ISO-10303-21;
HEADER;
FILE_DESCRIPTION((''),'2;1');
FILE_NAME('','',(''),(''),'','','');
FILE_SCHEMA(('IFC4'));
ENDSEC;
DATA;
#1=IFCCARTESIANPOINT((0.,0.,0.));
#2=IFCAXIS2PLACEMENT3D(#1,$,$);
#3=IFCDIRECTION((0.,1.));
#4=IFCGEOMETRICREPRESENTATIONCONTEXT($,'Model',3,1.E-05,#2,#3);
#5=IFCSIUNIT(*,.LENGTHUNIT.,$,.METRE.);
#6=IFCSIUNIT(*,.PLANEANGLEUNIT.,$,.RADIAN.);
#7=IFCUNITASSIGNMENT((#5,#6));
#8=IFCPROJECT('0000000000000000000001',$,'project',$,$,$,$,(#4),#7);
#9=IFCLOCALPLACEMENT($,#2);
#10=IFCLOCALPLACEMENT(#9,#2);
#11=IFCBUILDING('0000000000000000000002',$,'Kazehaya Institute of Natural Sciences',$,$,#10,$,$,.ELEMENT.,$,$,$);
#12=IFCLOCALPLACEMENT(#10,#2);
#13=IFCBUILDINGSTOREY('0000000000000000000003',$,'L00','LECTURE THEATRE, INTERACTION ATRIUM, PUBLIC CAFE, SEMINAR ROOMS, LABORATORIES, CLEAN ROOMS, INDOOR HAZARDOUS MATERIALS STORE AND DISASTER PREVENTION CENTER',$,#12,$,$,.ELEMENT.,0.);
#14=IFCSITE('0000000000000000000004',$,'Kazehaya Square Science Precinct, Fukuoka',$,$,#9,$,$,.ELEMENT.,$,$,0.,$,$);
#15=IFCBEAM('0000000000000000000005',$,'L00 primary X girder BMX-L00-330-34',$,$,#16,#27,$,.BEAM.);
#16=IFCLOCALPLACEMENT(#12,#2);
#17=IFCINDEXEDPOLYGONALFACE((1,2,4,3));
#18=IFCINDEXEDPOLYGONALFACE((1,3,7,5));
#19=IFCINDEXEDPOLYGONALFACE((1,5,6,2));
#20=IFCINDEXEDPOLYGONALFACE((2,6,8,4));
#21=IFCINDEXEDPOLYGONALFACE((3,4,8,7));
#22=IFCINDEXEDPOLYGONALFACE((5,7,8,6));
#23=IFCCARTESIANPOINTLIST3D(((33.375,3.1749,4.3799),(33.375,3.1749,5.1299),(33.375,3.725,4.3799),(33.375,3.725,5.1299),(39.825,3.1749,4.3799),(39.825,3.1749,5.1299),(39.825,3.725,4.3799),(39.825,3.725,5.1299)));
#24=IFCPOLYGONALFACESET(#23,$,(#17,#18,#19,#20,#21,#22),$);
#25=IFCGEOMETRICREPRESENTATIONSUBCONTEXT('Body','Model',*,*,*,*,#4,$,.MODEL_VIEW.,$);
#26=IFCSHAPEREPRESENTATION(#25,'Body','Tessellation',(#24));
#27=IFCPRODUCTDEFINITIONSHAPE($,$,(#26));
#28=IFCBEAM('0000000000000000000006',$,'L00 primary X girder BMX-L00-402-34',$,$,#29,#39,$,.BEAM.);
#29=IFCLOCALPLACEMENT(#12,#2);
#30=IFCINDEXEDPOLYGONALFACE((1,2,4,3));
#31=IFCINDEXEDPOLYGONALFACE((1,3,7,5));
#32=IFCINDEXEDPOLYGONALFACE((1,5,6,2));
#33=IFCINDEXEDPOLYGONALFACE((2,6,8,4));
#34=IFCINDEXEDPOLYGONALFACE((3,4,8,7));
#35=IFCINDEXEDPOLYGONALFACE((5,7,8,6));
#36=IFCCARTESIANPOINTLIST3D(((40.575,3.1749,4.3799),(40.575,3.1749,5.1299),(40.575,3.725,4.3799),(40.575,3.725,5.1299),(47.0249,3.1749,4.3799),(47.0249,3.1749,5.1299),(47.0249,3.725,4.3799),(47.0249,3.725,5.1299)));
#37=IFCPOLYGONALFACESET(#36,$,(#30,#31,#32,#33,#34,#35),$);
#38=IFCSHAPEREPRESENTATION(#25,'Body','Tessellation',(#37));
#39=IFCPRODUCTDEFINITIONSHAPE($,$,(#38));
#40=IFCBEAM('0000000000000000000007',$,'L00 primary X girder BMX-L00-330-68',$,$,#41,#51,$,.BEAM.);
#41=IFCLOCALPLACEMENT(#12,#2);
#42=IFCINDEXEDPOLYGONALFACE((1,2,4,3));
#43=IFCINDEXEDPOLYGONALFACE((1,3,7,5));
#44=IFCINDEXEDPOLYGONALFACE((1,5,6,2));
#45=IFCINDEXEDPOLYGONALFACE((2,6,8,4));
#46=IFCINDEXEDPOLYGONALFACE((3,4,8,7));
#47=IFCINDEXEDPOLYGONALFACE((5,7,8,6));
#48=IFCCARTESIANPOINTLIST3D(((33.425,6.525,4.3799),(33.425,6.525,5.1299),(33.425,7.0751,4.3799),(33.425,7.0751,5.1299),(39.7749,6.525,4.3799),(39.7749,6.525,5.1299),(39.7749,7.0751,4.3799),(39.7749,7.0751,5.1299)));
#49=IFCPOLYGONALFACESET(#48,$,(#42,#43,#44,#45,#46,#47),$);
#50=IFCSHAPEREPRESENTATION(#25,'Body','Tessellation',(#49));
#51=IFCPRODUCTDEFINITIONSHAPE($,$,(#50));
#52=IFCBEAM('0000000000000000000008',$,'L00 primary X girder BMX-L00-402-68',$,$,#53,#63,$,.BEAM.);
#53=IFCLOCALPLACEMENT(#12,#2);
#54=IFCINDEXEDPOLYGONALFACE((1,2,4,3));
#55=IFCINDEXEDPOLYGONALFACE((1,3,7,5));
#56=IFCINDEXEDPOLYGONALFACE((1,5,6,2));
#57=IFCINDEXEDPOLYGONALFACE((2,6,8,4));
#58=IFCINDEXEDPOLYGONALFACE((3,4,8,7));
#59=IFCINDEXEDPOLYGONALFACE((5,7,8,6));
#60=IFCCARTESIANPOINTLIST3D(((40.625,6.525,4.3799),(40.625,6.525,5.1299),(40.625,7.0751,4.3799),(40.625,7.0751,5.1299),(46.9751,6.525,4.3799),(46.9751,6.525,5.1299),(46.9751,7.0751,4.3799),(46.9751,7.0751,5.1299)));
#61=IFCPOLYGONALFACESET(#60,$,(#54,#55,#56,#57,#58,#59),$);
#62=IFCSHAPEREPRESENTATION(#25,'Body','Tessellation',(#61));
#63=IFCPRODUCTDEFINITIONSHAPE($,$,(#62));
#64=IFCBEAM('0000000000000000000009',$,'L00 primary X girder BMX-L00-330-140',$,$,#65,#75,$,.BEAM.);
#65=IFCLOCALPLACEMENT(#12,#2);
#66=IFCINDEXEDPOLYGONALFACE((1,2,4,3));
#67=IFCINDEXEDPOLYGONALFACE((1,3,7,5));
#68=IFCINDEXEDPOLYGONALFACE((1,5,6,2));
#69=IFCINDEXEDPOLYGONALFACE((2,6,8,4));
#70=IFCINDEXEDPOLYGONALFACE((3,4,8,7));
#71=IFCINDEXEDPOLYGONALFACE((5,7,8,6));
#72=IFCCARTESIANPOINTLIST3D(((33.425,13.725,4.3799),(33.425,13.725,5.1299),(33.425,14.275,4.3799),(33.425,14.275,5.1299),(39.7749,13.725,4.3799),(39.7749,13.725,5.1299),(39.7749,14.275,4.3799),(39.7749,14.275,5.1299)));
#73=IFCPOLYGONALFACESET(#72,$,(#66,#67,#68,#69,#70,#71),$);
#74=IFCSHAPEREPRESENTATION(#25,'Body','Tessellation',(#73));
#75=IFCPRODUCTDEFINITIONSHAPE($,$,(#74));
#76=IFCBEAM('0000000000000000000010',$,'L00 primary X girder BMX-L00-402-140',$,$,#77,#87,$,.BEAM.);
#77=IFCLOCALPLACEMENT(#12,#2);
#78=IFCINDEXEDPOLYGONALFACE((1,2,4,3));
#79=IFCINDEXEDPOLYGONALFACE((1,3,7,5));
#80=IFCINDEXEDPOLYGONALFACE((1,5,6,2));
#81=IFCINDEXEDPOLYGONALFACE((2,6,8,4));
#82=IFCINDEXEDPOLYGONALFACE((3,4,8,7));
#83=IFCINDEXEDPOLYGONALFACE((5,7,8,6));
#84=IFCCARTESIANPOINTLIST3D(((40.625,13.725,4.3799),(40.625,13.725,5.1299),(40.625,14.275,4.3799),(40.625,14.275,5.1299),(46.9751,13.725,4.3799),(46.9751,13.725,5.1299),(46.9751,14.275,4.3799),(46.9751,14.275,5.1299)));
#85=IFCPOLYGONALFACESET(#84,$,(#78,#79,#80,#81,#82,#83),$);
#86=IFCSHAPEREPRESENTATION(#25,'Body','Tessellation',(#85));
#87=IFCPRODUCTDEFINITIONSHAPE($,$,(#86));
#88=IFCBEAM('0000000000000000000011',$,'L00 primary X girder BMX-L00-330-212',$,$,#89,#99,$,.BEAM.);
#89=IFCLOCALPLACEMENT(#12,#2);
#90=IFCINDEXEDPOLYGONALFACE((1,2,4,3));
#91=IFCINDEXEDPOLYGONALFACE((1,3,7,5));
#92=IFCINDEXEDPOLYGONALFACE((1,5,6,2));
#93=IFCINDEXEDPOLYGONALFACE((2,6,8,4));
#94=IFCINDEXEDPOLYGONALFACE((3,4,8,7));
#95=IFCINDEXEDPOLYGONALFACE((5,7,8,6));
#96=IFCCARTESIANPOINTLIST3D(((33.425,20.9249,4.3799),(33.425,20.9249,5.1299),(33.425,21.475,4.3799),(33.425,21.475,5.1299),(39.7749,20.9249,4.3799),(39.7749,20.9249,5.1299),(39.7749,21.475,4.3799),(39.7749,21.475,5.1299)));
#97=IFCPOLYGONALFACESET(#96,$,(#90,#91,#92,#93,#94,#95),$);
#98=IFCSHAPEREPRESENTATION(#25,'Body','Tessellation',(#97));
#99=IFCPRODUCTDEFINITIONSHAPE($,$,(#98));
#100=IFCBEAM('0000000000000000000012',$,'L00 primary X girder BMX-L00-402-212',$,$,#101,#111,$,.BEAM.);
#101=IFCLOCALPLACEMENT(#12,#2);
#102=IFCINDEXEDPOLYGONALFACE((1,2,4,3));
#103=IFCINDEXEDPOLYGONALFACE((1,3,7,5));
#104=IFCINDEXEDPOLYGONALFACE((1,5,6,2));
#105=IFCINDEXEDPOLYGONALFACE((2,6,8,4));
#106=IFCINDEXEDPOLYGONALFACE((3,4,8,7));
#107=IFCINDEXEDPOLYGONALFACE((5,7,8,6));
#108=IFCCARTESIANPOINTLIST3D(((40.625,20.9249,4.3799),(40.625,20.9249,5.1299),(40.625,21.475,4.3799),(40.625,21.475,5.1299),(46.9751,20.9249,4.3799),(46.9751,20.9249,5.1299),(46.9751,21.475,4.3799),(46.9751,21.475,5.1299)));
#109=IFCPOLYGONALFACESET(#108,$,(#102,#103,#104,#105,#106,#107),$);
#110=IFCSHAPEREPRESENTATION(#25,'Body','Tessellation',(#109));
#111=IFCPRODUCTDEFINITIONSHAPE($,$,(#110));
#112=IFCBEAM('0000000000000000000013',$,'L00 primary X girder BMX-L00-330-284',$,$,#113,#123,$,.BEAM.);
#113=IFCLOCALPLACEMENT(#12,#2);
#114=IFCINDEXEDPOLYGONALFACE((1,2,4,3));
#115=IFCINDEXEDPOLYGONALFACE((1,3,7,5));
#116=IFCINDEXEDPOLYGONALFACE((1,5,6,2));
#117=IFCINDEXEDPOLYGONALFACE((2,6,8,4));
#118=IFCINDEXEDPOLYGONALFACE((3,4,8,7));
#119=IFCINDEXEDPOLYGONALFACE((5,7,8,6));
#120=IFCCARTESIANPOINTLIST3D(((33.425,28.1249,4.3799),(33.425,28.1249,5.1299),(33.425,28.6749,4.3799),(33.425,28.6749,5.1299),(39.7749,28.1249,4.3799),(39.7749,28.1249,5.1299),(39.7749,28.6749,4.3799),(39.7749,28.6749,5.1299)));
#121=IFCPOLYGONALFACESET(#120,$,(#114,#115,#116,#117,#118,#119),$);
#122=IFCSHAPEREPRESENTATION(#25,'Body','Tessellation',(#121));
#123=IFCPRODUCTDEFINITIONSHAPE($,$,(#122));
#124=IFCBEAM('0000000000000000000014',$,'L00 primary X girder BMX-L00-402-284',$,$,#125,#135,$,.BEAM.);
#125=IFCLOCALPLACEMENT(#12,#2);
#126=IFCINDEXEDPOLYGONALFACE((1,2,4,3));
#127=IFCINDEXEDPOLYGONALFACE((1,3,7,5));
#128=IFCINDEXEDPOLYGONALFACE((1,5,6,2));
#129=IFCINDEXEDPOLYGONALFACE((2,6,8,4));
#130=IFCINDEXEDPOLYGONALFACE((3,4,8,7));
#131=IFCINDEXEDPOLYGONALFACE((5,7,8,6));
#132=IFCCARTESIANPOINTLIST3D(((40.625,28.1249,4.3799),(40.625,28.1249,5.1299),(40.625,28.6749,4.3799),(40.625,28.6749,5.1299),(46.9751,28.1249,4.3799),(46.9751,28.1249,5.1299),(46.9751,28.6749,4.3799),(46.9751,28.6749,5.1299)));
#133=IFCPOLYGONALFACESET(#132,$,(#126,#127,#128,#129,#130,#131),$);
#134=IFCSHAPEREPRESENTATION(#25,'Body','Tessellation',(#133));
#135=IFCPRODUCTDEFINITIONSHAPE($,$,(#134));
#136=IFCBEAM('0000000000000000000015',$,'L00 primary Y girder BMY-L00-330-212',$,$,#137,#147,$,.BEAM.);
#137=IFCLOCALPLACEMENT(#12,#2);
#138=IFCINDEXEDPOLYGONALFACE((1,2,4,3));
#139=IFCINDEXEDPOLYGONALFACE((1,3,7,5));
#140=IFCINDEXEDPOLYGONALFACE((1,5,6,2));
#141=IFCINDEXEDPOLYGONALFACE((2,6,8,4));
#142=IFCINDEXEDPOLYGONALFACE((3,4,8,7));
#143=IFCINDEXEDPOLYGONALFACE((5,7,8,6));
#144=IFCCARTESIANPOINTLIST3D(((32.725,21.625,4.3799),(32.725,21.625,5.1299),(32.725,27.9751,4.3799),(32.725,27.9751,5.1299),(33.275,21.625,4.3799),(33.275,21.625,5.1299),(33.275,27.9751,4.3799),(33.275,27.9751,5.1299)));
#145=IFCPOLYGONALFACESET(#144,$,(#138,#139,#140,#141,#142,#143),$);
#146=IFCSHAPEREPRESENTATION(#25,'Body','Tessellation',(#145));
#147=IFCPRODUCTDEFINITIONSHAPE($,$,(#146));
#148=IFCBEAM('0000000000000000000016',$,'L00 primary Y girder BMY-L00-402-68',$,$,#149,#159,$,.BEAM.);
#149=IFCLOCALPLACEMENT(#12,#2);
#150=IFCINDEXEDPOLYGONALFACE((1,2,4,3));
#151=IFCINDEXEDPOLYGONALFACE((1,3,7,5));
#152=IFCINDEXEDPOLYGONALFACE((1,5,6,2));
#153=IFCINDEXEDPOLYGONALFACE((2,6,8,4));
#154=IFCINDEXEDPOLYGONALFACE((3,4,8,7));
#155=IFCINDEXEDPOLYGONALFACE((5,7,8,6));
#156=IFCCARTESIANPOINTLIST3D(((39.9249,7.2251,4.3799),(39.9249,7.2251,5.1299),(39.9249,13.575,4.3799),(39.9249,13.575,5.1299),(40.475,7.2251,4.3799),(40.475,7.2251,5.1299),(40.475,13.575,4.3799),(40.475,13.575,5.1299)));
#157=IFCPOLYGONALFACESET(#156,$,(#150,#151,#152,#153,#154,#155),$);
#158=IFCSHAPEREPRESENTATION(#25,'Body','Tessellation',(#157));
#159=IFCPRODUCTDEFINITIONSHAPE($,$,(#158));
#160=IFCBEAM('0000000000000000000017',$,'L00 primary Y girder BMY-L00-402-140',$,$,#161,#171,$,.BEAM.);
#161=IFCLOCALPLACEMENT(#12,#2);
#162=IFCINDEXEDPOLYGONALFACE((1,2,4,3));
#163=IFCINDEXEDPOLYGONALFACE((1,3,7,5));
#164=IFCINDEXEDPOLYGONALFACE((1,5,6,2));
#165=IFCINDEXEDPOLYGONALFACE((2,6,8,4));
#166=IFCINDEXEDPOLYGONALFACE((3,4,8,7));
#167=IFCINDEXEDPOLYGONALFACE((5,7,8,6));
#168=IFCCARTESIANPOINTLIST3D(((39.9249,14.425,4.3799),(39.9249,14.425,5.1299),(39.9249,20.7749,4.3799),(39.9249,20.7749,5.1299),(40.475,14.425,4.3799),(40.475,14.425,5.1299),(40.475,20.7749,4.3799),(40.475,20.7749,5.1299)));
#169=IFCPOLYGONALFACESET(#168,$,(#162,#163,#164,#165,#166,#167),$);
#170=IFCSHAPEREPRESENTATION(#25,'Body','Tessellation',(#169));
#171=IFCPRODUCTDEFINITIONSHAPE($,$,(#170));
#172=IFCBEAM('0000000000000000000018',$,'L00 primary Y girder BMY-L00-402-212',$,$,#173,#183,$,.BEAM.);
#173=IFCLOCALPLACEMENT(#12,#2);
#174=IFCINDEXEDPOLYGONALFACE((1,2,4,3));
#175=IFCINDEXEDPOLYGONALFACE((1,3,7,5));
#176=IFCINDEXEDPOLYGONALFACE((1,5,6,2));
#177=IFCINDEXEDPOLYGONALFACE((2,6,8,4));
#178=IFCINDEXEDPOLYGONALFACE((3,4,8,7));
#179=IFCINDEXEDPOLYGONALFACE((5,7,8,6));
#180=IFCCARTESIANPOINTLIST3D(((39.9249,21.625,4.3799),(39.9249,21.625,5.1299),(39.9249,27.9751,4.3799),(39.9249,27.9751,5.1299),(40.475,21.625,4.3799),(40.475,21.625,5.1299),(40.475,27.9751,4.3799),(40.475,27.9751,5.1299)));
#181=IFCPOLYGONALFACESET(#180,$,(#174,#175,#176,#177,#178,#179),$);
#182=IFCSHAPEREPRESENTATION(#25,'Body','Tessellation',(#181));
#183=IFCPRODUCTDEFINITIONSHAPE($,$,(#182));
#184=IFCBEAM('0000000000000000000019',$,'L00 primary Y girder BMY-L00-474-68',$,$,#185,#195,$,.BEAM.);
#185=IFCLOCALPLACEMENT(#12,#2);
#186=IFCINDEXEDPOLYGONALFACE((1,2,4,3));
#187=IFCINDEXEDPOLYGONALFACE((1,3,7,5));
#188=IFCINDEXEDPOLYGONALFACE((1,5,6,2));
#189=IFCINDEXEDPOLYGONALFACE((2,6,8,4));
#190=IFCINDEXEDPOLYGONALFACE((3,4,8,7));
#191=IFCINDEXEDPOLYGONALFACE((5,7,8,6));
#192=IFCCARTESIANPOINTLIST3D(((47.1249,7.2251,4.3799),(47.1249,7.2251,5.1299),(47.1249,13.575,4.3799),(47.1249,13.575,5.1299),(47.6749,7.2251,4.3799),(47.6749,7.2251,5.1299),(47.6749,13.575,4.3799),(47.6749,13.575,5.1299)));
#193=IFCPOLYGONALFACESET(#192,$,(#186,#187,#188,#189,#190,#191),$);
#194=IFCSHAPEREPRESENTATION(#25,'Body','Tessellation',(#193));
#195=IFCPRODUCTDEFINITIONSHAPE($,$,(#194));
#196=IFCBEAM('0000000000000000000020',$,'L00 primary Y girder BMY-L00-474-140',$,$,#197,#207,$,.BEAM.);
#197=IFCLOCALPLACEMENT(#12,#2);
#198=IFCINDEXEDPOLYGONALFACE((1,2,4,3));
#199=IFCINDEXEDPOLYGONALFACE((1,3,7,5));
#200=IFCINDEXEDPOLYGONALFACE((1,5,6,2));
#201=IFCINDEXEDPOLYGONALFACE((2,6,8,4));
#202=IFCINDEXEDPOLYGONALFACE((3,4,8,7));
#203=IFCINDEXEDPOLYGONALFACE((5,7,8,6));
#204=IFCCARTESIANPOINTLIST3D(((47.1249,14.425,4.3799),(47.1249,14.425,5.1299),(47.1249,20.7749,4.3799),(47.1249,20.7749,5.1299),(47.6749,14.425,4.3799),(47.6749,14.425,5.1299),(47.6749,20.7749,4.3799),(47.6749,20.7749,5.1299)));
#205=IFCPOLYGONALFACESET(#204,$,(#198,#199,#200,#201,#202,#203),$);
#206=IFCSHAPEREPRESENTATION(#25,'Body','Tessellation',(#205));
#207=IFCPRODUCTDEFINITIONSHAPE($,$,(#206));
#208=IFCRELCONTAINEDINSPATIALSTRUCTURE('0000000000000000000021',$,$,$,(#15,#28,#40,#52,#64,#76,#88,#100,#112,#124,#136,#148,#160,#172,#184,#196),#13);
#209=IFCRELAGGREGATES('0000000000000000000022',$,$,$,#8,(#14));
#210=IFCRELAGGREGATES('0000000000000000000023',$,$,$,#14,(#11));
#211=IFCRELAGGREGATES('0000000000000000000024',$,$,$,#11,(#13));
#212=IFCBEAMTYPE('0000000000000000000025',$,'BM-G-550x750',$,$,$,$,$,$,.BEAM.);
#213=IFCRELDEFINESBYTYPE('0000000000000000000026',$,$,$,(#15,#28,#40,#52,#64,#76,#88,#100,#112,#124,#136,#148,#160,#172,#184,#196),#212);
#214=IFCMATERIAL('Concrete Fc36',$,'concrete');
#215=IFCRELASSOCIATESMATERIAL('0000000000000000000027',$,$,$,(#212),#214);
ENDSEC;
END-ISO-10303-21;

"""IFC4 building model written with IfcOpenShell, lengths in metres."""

from ifc_helpers import new_model, si_unit, direction, frame, origin, origin_2d, place, context, subcontext, project, spatial, rectangle, extrude, material, material_profile, profile_set, type_object, element, save


model = new_model("IFC4")

# Units and contexts
model_context = context("Model", 3, precision=1e-05, world=origin(), true_north=direction((0.0, 1.0)))
body_context = subcontext(model_context, "Body", "Model", "MODEL_VIEW")
ifc_project = project(units=[si_unit("LENGTHUNIT", "METRE"), si_unit("PLANEANGLEUNIT", "RADIAN")], contexts=[model_context])

# Site, building, storey
site_placement = place(None, origin())
site = spatial("IfcSite", under=ifc_project, at=site_placement, Name="Kazehaya Square Science Precinct, Fukuoka", CompositionType="ELEMENT", RefElevation=0.0)
building_placement = place(site_placement, origin())
building = spatial("IfcBuilding", under=site, at=building_placement, Name="Kazehaya Institute of Natural Sciences", CompositionType="ELEMENT")
storey_placement = place(building_placement, origin())
storey = spatial("IfcBuildingStorey", under=building, at=storey_placement, Name="L00", Description="LECTURE THEATRE, INTERACTION ATRIUM, PUBLIC CAFE, SEMINAR ROOMS, LABORATORIES, CLEAN ROOMS, INDOOR HAZARDOUS MATERIALS STORE AND DISASTER PREVENTION CENTER", CompositionType="ELEMENT", Elevation=0.0)

# Shared definitions
ifc_material_1 = material(Name="Concrete Fc36", Category="concrete")

# Beams
ifc_material_profile_1 = material_profile(ifc_material_1, rectangle(XDim=0.55, YDim=0.75, at=origin_2d()), Name="RC-550x750")
ifc_profile_set_1 = profile_set([ifc_material_profile_1], Name="Concrete Fc36")
beam_type_1 = type_object("IfcBeamType", Name="BM-G-550x750", PredefinedType="BEAM", material=ifc_profile_set_1)
for number, where, z_axis, x_axis, name in (
    (1, (33.375, 3.45, 4.7549), (1.0, 0.0, 0.0), (0.0, 1.0, 0.0), "L00 primary X girder BMX-L00-330-34"),
    (2, (40.575, 3.45, 4.7549), (1.0, 0.0, 0.0), (0.0, 1.0, 0.0), "L00 primary X girder BMX-L00-402-34"),
):
    element("IfcBeam", number, at=place(storey_placement, frame(where, z_axis=z_axis, x_axis=x_axis)), inside=storey, type_object=beam_type_1, Name=name, PredefinedType="BEAM", context=body_context, shape_type="SweptSolid", body=[
        extrude(rectangle(XDim=0.55, YDim=0.75, at=origin_2d()), origin(), (0.0, 0.0, 1.0), 6.45),
    ])
beam_1_placement = place(storey_placement, frame((33.425, 6.8, 4.7549), z_axis=(1.0, 0.0, 0.0), x_axis=(0.0, 1.0, 0.0)))
element("IfcBeam", 3, at=beam_1_placement, inside=storey, type_object=beam_type_1, Name="L00 primary X girder BMX-L00-330-68", PredefinedType="BEAM", context=body_context, shape_type="SweptSolid", body=[
    extrude(rectangle(XDim=0.55, YDim=0.75, at=origin_2d()), origin(), (0.0, 0.0, 1.0), 6.3499),
])
beam_2_placement = place(storey_placement, frame((40.625, 6.8, 4.7549), z_axis=(1.0, 0.0, 0.0), x_axis=(0.0, 1.0, 0.0)))
element("IfcBeam", 4, at=beam_2_placement, inside=storey, type_object=beam_type_1, Name="L00 primary X girder BMX-L00-402-68", PredefinedType="BEAM", context=body_context, shape_type="SweptSolid", body=[
    extrude(rectangle(XDim=0.55, YDim=0.75, at=origin_2d()), origin(), (0.0, 0.0, 1.0), 6.3501),
])
beam_3_placement = place(storey_placement, frame((33.425, 14.0, 4.7549), z_axis=(1.0, 0.0, 0.0), x_axis=(0.0, 1.0, 0.0)))
element("IfcBeam", 5, at=beam_3_placement, inside=storey, type_object=beam_type_1, Name="L00 primary X girder BMX-L00-330-140", PredefinedType="BEAM", context=body_context, shape_type="SweptSolid", body=[
    extrude(rectangle(XDim=0.55, YDim=0.75, at=origin_2d()), origin(), (0.0, 0.0, 1.0), 6.3499),
])
beam_4_placement = place(storey_placement, frame((40.625, 14.0, 4.7549), z_axis=(1.0, 0.0, 0.0), x_axis=(0.0, 1.0, 0.0)))
element("IfcBeam", 6, at=beam_4_placement, inside=storey, type_object=beam_type_1, Name="L00 primary X girder BMX-L00-402-140", PredefinedType="BEAM", context=body_context, shape_type="SweptSolid", body=[
    extrude(rectangle(XDim=0.55, YDim=0.75, at=origin_2d()), origin(), (0.0, 0.0, 1.0), 6.3501),
])
beam_5_placement = place(storey_placement, frame((33.425, 21.2, 4.7549), z_axis=(1.0, 0.0, 0.0), x_axis=(0.0, 1.0, 0.0)))
element("IfcBeam", 7, at=beam_5_placement, inside=storey, type_object=beam_type_1, Name="L00 primary X girder BMX-L00-330-212", PredefinedType="BEAM", context=body_context, shape_type="SweptSolid", body=[
    extrude(rectangle(XDim=0.55, YDim=0.75, at=origin_2d()), origin(), (0.0, 0.0, 1.0), 6.3499),
])
beam_6_placement = place(storey_placement, frame((40.625, 21.2, 4.7549), z_axis=(1.0, 0.0, 0.0), x_axis=(0.0, 1.0, 0.0)))
element("IfcBeam", 8, at=beam_6_placement, inside=storey, type_object=beam_type_1, Name="L00 primary X girder BMX-L00-402-212", PredefinedType="BEAM", context=body_context, shape_type="SweptSolid", body=[
    extrude(rectangle(XDim=0.55, YDim=0.75, at=origin_2d()), origin(), (0.0, 0.0, 1.0), 6.3501),
])
beam_7_placement = place(storey_placement, frame((33.425, 28.3999, 4.7549), z_axis=(1.0, 0.0, 0.0), x_axis=(0.0, 1.0, 0.0)))
element("IfcBeam", 9, at=beam_7_placement, inside=storey, type_object=beam_type_1, Name="L00 primary X girder BMX-L00-330-284", PredefinedType="BEAM", context=body_context, shape_type="SweptSolid", body=[
    extrude(rectangle(XDim=0.55, YDim=0.75, at=origin_2d()), origin(), (0.0, 0.0, 1.0), 6.3499),
])
for number, where, z_axis, x_axis, name in (
    (10, (40.625, 28.3999, 4.7549), (1.0, 0.0, 0.0), (0.0, 1.0, 0.0), "L00 primary X girder BMX-L00-402-284"),
    (11, (33.0, 21.625, 4.7549), (0.0, 1.0, 0.0), (-1.0, 0.0, 0.0), "L00 primary Y girder BMY-L00-330-212"),
):
    element("IfcBeam", number, at=place(storey_placement, frame(where, z_axis=z_axis, x_axis=x_axis)), inside=storey, type_object=beam_type_1, Name=name, PredefinedType="BEAM", context=body_context, shape_type="SweptSolid", body=[
        extrude(rectangle(XDim=0.55, YDim=0.75, at=origin_2d()), origin(), (0.0, 0.0, 1.0), 6.3501),
    ])
for number, where, z_axis, x_axis, name in (
    (12, (40.2, 7.2251, 4.7549), (0.0, 1.0, 0.0), (-1.0, 0.0, 0.0), "L00 primary Y girder BMY-L00-402-68"),
    (13, (40.2, 14.425, 4.7549), (0.0, 1.0, 0.0), (-1.0, 0.0, 0.0), "L00 primary Y girder BMY-L00-402-140"),
):
    element("IfcBeam", number, at=place(storey_placement, frame(where, z_axis=z_axis, x_axis=x_axis)), inside=storey, type_object=beam_type_1, Name=name, PredefinedType="BEAM", context=body_context, shape_type="SweptSolid", body=[
        extrude(rectangle(XDim=0.55, YDim=0.75, at=origin_2d()), origin(), (0.0, 0.0, 1.0), 6.3499),
    ])
beam_8_placement = place(storey_placement, frame((40.2, 21.625, 4.7549), z_axis=(0.0, 1.0, 0.0), x_axis=(-1.0, 0.0, 0.0)))
element("IfcBeam", 14, at=beam_8_placement, inside=storey, type_object=beam_type_1, Name="L00 primary Y girder BMY-L00-402-212", PredefinedType="BEAM", context=body_context, shape_type="SweptSolid", body=[
    extrude(rectangle(XDim=0.55, YDim=0.75, at=origin_2d()), origin(), (0.0, 0.0, 1.0), 6.3501),
])
for number, where, z_axis, x_axis, name in (
    (15, (47.3999, 7.2251, 4.7549), (0.0, 1.0, 0.0), (-1.0, 0.0, 0.0), "L00 primary Y girder BMY-L00-474-68"),
    (16, (47.3999, 14.425, 4.7549), (0.0, 1.0, 0.0), (-1.0, 0.0, 0.0), "L00 primary Y girder BMY-L00-474-140"),
):
    element("IfcBeam", number, at=place(storey_placement, frame(where, z_axis=z_axis, x_axis=x_axis)), inside=storey, type_object=beam_type_1, Name=name, PredefinedType="BEAM", context=body_context, shape_type="SweptSolid", body=[
        extrude(rectangle(XDim=0.55, YDim=0.75, at=origin_2d()), origin(), (0.0, 0.0, 1.0), 6.3499),
    ])

save(model, "model.ifc")
